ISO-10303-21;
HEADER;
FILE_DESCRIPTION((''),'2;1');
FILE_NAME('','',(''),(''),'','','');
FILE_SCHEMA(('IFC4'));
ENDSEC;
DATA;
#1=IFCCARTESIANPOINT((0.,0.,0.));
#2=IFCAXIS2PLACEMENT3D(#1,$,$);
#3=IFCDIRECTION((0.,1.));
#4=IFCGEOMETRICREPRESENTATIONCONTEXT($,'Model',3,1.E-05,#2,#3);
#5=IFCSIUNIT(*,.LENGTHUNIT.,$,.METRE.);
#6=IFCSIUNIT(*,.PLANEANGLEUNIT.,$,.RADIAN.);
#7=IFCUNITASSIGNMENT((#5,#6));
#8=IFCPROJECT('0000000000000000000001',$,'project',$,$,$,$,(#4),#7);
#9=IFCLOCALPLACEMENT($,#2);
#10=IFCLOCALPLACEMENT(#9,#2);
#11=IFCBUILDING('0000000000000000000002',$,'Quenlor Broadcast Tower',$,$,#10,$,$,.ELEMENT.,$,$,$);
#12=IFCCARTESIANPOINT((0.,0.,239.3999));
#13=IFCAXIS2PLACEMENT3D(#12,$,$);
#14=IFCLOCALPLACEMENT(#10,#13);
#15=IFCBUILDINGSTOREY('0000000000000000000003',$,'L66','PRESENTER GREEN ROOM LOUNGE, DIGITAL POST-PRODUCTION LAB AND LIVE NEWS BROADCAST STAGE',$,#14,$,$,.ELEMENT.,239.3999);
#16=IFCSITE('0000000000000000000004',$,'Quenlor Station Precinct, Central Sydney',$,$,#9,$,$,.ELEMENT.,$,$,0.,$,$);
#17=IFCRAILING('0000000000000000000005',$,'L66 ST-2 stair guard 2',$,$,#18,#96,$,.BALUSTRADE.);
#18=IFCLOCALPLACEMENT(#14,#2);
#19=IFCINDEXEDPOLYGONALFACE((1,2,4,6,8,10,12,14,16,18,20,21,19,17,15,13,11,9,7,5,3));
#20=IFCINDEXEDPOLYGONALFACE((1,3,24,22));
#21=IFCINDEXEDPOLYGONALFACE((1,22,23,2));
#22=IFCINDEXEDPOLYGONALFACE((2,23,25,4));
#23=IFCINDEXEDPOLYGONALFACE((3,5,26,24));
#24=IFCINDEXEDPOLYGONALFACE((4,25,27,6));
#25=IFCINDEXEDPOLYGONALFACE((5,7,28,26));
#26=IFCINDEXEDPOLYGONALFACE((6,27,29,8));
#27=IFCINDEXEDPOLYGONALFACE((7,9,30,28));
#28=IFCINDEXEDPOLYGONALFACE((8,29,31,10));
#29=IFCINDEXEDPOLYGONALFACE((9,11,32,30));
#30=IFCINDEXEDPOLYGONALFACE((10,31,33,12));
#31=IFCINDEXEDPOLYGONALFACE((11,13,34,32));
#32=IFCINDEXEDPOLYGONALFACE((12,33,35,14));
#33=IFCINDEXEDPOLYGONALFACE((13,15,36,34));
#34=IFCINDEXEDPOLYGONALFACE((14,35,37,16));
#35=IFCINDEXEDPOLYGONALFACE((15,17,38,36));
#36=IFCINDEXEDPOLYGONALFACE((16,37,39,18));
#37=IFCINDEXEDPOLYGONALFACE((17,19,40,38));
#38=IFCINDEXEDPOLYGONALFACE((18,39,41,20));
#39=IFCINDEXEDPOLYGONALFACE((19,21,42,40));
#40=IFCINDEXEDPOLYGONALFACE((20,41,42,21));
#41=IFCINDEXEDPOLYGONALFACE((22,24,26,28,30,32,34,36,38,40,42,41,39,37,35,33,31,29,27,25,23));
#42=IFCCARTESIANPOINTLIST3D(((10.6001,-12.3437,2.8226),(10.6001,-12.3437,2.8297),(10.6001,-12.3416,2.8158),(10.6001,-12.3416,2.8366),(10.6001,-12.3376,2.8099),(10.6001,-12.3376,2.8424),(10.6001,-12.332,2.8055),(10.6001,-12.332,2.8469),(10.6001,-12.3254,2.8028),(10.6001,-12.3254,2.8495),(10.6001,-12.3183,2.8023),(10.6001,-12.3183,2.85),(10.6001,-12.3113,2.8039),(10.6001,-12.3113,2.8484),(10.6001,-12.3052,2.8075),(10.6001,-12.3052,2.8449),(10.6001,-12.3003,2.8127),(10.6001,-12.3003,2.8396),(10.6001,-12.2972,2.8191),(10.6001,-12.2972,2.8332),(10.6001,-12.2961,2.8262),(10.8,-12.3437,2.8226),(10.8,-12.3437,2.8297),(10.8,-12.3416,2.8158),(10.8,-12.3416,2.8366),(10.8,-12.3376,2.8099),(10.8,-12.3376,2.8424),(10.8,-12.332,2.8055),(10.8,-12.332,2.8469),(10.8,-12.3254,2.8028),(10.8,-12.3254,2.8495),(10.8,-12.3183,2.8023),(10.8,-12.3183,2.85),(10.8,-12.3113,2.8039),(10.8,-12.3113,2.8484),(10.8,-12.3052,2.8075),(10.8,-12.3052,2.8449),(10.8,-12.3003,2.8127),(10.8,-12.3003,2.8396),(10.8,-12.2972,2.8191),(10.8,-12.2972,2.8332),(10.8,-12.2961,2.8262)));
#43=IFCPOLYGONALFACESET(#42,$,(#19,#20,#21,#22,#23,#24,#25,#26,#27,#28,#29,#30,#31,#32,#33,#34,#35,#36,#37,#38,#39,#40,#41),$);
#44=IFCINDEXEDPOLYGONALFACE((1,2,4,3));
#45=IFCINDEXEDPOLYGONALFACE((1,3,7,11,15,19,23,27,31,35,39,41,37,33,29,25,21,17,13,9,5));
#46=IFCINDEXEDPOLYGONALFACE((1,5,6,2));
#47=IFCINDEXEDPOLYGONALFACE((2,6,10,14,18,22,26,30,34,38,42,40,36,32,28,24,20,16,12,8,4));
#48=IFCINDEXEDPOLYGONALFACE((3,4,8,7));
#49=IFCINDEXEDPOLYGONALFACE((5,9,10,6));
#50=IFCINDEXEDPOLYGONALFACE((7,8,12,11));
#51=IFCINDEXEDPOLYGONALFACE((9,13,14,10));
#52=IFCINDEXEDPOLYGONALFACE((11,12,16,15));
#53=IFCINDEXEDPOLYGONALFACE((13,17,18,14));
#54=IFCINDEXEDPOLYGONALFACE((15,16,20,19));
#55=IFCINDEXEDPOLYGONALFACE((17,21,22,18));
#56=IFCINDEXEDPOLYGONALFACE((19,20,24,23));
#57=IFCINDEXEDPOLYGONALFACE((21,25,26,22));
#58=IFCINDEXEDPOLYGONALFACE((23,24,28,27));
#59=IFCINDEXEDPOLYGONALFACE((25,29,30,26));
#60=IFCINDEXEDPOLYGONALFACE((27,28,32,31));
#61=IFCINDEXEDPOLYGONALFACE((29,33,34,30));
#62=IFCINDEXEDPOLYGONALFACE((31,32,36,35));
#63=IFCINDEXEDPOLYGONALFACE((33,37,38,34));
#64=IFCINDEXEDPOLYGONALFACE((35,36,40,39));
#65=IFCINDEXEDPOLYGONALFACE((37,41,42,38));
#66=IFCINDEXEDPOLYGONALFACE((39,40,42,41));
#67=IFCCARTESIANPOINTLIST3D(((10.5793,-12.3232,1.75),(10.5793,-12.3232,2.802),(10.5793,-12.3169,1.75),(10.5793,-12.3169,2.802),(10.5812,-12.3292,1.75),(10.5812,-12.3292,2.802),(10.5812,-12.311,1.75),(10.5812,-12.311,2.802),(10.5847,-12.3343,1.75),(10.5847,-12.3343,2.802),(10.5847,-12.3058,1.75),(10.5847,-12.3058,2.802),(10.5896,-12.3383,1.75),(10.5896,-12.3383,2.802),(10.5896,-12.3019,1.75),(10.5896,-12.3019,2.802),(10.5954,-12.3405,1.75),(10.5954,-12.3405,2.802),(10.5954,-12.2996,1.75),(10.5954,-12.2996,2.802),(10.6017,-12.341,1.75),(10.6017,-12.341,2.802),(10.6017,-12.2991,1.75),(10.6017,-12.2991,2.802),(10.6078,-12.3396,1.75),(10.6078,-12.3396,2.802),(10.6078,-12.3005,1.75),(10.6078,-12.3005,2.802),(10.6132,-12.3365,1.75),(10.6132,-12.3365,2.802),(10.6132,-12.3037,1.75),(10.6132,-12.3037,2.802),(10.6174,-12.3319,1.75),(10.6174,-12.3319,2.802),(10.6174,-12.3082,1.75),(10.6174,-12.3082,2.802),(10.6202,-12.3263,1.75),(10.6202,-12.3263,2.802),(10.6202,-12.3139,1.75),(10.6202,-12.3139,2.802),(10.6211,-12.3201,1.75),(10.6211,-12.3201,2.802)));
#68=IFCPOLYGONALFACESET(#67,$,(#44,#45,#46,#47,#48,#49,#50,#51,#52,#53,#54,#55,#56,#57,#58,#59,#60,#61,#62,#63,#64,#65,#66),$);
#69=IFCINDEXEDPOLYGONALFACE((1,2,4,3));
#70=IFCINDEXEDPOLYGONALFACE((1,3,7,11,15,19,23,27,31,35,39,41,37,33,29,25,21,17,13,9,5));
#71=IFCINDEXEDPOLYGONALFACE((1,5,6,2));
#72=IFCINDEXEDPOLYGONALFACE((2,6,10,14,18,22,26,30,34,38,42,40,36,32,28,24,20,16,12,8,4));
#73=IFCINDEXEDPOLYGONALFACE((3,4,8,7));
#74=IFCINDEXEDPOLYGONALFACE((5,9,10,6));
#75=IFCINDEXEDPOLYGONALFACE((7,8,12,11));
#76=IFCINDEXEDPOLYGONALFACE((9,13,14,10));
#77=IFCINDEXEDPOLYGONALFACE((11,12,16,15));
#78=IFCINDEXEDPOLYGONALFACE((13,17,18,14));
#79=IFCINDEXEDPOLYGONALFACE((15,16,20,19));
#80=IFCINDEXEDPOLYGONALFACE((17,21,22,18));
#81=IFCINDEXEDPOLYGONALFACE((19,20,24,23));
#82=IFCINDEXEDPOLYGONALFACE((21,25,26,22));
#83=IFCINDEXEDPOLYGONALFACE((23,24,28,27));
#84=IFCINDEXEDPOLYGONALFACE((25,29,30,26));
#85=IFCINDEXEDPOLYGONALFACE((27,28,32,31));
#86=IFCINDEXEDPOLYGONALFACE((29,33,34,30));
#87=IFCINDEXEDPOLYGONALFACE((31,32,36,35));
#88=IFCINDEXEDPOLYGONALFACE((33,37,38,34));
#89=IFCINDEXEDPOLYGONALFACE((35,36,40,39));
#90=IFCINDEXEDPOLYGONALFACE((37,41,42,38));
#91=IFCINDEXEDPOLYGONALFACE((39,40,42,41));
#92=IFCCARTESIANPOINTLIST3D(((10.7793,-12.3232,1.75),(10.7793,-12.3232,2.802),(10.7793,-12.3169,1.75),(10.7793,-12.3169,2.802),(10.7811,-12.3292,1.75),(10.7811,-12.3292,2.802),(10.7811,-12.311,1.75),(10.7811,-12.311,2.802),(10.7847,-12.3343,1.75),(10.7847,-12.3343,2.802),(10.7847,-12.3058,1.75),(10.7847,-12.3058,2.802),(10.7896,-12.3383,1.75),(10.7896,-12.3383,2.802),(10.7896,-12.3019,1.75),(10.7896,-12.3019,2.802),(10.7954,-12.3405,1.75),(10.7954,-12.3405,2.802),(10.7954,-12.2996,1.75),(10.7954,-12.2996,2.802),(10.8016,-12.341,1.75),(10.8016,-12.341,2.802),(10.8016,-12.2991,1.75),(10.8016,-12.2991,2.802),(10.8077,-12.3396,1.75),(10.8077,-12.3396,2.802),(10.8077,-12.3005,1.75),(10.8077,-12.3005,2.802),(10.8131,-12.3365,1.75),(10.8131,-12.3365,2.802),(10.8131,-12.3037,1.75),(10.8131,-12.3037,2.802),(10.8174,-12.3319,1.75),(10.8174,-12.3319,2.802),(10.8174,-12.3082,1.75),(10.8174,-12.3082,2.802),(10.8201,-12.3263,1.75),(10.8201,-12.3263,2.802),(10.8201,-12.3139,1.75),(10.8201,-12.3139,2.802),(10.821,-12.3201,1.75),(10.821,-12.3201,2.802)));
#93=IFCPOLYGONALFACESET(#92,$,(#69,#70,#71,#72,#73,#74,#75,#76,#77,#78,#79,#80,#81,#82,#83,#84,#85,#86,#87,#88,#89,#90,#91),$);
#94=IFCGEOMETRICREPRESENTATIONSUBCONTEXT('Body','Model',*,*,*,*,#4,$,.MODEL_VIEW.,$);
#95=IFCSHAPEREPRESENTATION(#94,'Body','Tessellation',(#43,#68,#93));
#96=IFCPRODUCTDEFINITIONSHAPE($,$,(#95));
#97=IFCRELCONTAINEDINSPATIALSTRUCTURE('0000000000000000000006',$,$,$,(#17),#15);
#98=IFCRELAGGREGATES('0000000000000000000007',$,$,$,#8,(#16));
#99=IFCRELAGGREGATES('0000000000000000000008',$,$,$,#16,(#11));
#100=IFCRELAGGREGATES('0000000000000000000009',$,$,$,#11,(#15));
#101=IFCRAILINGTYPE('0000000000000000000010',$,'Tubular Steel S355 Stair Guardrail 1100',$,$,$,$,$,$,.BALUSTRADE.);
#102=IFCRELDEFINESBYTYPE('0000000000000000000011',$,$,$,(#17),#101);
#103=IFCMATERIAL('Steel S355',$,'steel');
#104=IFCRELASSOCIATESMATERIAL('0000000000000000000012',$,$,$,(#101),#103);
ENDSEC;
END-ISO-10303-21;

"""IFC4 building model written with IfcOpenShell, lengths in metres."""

from ifc_helpers import new_model, si_unit, direction, frame, origin, origin_2d, place, context, subcontext, project, spatial, circle, extrude, material, type_object, element, save


model = new_model("IFC4")

# Units and contexts
model_context = context("Model", 3, precision=1e-05, world=origin(), true_north=direction((0.0, 1.0)))
body_context = subcontext(model_context, "Body", "Model", "MODEL_VIEW")
ifc_project = project(units=[si_unit("LENGTHUNIT", "METRE"), si_unit("PLANEANGLEUNIT", "RADIAN")], contexts=[model_context])

# Site, building, storey
site_placement = place(None, origin())
site = spatial("IfcSite", under=ifc_project, at=site_placement, Name="Quenlor Station Precinct, Central Sydney", CompositionType="ELEMENT", RefElevation=0.0)
building_placement = place(site_placement, origin())
building = spatial("IfcBuilding", under=site, at=building_placement, Name="Quenlor Broadcast Tower", CompositionType="ELEMENT")
storey_placement = place(building_placement, frame((0.0, 0.0, 239.3999)))
storey = spatial("IfcBuildingStorey", under=building, at=storey_placement, Name="L66", Description="PRESENTER GREEN ROOM LOUNGE, DIGITAL POST-PRODUCTION LAB AND LIVE NEWS BROADCAST STAGE", CompositionType="ELEMENT", Elevation=239.3999)

# Railing
ifc_material_1 = material(Name="Steel S355", Category="steel")
railing_type_1 = type_object("IfcRailingType", Name="Tubular Steel S355 Stair Guardrail 1100", PredefinedType="BALUSTRADE", material=ifc_material_1)
railing_1_placement = place(storey_placement, frame((10.6001, -12.3201, 1.75)))
element("IfcRailing", 1, at=railing_1_placement, inside=storey, type_object=railing_type_1, Name="L66 ST-2 stair guard 2", PredefinedType="BALUSTRADE", context=body_context, shape_type="SweptSolid", body=[
    extrude(circle(Radius=0.0239, at=origin_2d()), frame((0.0, 0.0, 1.0762), z_axis=(1.0, 0.0, 0.0), x_axis=(0.0, 1.0, 0.0)), (0.0, 0.0, 1.0), 0.2),
    extrude(circle(Radius=0.021, at=origin_2d()), origin(), (0.0, 0.0, 1.0), 1.052),
    extrude(circle(Radius=0.021, at=origin_2d()), frame((0.2, 0.0, 0.0)), (0.0, 0.0, 1.0), 1.052),
])

save(model, "model.ifc")
